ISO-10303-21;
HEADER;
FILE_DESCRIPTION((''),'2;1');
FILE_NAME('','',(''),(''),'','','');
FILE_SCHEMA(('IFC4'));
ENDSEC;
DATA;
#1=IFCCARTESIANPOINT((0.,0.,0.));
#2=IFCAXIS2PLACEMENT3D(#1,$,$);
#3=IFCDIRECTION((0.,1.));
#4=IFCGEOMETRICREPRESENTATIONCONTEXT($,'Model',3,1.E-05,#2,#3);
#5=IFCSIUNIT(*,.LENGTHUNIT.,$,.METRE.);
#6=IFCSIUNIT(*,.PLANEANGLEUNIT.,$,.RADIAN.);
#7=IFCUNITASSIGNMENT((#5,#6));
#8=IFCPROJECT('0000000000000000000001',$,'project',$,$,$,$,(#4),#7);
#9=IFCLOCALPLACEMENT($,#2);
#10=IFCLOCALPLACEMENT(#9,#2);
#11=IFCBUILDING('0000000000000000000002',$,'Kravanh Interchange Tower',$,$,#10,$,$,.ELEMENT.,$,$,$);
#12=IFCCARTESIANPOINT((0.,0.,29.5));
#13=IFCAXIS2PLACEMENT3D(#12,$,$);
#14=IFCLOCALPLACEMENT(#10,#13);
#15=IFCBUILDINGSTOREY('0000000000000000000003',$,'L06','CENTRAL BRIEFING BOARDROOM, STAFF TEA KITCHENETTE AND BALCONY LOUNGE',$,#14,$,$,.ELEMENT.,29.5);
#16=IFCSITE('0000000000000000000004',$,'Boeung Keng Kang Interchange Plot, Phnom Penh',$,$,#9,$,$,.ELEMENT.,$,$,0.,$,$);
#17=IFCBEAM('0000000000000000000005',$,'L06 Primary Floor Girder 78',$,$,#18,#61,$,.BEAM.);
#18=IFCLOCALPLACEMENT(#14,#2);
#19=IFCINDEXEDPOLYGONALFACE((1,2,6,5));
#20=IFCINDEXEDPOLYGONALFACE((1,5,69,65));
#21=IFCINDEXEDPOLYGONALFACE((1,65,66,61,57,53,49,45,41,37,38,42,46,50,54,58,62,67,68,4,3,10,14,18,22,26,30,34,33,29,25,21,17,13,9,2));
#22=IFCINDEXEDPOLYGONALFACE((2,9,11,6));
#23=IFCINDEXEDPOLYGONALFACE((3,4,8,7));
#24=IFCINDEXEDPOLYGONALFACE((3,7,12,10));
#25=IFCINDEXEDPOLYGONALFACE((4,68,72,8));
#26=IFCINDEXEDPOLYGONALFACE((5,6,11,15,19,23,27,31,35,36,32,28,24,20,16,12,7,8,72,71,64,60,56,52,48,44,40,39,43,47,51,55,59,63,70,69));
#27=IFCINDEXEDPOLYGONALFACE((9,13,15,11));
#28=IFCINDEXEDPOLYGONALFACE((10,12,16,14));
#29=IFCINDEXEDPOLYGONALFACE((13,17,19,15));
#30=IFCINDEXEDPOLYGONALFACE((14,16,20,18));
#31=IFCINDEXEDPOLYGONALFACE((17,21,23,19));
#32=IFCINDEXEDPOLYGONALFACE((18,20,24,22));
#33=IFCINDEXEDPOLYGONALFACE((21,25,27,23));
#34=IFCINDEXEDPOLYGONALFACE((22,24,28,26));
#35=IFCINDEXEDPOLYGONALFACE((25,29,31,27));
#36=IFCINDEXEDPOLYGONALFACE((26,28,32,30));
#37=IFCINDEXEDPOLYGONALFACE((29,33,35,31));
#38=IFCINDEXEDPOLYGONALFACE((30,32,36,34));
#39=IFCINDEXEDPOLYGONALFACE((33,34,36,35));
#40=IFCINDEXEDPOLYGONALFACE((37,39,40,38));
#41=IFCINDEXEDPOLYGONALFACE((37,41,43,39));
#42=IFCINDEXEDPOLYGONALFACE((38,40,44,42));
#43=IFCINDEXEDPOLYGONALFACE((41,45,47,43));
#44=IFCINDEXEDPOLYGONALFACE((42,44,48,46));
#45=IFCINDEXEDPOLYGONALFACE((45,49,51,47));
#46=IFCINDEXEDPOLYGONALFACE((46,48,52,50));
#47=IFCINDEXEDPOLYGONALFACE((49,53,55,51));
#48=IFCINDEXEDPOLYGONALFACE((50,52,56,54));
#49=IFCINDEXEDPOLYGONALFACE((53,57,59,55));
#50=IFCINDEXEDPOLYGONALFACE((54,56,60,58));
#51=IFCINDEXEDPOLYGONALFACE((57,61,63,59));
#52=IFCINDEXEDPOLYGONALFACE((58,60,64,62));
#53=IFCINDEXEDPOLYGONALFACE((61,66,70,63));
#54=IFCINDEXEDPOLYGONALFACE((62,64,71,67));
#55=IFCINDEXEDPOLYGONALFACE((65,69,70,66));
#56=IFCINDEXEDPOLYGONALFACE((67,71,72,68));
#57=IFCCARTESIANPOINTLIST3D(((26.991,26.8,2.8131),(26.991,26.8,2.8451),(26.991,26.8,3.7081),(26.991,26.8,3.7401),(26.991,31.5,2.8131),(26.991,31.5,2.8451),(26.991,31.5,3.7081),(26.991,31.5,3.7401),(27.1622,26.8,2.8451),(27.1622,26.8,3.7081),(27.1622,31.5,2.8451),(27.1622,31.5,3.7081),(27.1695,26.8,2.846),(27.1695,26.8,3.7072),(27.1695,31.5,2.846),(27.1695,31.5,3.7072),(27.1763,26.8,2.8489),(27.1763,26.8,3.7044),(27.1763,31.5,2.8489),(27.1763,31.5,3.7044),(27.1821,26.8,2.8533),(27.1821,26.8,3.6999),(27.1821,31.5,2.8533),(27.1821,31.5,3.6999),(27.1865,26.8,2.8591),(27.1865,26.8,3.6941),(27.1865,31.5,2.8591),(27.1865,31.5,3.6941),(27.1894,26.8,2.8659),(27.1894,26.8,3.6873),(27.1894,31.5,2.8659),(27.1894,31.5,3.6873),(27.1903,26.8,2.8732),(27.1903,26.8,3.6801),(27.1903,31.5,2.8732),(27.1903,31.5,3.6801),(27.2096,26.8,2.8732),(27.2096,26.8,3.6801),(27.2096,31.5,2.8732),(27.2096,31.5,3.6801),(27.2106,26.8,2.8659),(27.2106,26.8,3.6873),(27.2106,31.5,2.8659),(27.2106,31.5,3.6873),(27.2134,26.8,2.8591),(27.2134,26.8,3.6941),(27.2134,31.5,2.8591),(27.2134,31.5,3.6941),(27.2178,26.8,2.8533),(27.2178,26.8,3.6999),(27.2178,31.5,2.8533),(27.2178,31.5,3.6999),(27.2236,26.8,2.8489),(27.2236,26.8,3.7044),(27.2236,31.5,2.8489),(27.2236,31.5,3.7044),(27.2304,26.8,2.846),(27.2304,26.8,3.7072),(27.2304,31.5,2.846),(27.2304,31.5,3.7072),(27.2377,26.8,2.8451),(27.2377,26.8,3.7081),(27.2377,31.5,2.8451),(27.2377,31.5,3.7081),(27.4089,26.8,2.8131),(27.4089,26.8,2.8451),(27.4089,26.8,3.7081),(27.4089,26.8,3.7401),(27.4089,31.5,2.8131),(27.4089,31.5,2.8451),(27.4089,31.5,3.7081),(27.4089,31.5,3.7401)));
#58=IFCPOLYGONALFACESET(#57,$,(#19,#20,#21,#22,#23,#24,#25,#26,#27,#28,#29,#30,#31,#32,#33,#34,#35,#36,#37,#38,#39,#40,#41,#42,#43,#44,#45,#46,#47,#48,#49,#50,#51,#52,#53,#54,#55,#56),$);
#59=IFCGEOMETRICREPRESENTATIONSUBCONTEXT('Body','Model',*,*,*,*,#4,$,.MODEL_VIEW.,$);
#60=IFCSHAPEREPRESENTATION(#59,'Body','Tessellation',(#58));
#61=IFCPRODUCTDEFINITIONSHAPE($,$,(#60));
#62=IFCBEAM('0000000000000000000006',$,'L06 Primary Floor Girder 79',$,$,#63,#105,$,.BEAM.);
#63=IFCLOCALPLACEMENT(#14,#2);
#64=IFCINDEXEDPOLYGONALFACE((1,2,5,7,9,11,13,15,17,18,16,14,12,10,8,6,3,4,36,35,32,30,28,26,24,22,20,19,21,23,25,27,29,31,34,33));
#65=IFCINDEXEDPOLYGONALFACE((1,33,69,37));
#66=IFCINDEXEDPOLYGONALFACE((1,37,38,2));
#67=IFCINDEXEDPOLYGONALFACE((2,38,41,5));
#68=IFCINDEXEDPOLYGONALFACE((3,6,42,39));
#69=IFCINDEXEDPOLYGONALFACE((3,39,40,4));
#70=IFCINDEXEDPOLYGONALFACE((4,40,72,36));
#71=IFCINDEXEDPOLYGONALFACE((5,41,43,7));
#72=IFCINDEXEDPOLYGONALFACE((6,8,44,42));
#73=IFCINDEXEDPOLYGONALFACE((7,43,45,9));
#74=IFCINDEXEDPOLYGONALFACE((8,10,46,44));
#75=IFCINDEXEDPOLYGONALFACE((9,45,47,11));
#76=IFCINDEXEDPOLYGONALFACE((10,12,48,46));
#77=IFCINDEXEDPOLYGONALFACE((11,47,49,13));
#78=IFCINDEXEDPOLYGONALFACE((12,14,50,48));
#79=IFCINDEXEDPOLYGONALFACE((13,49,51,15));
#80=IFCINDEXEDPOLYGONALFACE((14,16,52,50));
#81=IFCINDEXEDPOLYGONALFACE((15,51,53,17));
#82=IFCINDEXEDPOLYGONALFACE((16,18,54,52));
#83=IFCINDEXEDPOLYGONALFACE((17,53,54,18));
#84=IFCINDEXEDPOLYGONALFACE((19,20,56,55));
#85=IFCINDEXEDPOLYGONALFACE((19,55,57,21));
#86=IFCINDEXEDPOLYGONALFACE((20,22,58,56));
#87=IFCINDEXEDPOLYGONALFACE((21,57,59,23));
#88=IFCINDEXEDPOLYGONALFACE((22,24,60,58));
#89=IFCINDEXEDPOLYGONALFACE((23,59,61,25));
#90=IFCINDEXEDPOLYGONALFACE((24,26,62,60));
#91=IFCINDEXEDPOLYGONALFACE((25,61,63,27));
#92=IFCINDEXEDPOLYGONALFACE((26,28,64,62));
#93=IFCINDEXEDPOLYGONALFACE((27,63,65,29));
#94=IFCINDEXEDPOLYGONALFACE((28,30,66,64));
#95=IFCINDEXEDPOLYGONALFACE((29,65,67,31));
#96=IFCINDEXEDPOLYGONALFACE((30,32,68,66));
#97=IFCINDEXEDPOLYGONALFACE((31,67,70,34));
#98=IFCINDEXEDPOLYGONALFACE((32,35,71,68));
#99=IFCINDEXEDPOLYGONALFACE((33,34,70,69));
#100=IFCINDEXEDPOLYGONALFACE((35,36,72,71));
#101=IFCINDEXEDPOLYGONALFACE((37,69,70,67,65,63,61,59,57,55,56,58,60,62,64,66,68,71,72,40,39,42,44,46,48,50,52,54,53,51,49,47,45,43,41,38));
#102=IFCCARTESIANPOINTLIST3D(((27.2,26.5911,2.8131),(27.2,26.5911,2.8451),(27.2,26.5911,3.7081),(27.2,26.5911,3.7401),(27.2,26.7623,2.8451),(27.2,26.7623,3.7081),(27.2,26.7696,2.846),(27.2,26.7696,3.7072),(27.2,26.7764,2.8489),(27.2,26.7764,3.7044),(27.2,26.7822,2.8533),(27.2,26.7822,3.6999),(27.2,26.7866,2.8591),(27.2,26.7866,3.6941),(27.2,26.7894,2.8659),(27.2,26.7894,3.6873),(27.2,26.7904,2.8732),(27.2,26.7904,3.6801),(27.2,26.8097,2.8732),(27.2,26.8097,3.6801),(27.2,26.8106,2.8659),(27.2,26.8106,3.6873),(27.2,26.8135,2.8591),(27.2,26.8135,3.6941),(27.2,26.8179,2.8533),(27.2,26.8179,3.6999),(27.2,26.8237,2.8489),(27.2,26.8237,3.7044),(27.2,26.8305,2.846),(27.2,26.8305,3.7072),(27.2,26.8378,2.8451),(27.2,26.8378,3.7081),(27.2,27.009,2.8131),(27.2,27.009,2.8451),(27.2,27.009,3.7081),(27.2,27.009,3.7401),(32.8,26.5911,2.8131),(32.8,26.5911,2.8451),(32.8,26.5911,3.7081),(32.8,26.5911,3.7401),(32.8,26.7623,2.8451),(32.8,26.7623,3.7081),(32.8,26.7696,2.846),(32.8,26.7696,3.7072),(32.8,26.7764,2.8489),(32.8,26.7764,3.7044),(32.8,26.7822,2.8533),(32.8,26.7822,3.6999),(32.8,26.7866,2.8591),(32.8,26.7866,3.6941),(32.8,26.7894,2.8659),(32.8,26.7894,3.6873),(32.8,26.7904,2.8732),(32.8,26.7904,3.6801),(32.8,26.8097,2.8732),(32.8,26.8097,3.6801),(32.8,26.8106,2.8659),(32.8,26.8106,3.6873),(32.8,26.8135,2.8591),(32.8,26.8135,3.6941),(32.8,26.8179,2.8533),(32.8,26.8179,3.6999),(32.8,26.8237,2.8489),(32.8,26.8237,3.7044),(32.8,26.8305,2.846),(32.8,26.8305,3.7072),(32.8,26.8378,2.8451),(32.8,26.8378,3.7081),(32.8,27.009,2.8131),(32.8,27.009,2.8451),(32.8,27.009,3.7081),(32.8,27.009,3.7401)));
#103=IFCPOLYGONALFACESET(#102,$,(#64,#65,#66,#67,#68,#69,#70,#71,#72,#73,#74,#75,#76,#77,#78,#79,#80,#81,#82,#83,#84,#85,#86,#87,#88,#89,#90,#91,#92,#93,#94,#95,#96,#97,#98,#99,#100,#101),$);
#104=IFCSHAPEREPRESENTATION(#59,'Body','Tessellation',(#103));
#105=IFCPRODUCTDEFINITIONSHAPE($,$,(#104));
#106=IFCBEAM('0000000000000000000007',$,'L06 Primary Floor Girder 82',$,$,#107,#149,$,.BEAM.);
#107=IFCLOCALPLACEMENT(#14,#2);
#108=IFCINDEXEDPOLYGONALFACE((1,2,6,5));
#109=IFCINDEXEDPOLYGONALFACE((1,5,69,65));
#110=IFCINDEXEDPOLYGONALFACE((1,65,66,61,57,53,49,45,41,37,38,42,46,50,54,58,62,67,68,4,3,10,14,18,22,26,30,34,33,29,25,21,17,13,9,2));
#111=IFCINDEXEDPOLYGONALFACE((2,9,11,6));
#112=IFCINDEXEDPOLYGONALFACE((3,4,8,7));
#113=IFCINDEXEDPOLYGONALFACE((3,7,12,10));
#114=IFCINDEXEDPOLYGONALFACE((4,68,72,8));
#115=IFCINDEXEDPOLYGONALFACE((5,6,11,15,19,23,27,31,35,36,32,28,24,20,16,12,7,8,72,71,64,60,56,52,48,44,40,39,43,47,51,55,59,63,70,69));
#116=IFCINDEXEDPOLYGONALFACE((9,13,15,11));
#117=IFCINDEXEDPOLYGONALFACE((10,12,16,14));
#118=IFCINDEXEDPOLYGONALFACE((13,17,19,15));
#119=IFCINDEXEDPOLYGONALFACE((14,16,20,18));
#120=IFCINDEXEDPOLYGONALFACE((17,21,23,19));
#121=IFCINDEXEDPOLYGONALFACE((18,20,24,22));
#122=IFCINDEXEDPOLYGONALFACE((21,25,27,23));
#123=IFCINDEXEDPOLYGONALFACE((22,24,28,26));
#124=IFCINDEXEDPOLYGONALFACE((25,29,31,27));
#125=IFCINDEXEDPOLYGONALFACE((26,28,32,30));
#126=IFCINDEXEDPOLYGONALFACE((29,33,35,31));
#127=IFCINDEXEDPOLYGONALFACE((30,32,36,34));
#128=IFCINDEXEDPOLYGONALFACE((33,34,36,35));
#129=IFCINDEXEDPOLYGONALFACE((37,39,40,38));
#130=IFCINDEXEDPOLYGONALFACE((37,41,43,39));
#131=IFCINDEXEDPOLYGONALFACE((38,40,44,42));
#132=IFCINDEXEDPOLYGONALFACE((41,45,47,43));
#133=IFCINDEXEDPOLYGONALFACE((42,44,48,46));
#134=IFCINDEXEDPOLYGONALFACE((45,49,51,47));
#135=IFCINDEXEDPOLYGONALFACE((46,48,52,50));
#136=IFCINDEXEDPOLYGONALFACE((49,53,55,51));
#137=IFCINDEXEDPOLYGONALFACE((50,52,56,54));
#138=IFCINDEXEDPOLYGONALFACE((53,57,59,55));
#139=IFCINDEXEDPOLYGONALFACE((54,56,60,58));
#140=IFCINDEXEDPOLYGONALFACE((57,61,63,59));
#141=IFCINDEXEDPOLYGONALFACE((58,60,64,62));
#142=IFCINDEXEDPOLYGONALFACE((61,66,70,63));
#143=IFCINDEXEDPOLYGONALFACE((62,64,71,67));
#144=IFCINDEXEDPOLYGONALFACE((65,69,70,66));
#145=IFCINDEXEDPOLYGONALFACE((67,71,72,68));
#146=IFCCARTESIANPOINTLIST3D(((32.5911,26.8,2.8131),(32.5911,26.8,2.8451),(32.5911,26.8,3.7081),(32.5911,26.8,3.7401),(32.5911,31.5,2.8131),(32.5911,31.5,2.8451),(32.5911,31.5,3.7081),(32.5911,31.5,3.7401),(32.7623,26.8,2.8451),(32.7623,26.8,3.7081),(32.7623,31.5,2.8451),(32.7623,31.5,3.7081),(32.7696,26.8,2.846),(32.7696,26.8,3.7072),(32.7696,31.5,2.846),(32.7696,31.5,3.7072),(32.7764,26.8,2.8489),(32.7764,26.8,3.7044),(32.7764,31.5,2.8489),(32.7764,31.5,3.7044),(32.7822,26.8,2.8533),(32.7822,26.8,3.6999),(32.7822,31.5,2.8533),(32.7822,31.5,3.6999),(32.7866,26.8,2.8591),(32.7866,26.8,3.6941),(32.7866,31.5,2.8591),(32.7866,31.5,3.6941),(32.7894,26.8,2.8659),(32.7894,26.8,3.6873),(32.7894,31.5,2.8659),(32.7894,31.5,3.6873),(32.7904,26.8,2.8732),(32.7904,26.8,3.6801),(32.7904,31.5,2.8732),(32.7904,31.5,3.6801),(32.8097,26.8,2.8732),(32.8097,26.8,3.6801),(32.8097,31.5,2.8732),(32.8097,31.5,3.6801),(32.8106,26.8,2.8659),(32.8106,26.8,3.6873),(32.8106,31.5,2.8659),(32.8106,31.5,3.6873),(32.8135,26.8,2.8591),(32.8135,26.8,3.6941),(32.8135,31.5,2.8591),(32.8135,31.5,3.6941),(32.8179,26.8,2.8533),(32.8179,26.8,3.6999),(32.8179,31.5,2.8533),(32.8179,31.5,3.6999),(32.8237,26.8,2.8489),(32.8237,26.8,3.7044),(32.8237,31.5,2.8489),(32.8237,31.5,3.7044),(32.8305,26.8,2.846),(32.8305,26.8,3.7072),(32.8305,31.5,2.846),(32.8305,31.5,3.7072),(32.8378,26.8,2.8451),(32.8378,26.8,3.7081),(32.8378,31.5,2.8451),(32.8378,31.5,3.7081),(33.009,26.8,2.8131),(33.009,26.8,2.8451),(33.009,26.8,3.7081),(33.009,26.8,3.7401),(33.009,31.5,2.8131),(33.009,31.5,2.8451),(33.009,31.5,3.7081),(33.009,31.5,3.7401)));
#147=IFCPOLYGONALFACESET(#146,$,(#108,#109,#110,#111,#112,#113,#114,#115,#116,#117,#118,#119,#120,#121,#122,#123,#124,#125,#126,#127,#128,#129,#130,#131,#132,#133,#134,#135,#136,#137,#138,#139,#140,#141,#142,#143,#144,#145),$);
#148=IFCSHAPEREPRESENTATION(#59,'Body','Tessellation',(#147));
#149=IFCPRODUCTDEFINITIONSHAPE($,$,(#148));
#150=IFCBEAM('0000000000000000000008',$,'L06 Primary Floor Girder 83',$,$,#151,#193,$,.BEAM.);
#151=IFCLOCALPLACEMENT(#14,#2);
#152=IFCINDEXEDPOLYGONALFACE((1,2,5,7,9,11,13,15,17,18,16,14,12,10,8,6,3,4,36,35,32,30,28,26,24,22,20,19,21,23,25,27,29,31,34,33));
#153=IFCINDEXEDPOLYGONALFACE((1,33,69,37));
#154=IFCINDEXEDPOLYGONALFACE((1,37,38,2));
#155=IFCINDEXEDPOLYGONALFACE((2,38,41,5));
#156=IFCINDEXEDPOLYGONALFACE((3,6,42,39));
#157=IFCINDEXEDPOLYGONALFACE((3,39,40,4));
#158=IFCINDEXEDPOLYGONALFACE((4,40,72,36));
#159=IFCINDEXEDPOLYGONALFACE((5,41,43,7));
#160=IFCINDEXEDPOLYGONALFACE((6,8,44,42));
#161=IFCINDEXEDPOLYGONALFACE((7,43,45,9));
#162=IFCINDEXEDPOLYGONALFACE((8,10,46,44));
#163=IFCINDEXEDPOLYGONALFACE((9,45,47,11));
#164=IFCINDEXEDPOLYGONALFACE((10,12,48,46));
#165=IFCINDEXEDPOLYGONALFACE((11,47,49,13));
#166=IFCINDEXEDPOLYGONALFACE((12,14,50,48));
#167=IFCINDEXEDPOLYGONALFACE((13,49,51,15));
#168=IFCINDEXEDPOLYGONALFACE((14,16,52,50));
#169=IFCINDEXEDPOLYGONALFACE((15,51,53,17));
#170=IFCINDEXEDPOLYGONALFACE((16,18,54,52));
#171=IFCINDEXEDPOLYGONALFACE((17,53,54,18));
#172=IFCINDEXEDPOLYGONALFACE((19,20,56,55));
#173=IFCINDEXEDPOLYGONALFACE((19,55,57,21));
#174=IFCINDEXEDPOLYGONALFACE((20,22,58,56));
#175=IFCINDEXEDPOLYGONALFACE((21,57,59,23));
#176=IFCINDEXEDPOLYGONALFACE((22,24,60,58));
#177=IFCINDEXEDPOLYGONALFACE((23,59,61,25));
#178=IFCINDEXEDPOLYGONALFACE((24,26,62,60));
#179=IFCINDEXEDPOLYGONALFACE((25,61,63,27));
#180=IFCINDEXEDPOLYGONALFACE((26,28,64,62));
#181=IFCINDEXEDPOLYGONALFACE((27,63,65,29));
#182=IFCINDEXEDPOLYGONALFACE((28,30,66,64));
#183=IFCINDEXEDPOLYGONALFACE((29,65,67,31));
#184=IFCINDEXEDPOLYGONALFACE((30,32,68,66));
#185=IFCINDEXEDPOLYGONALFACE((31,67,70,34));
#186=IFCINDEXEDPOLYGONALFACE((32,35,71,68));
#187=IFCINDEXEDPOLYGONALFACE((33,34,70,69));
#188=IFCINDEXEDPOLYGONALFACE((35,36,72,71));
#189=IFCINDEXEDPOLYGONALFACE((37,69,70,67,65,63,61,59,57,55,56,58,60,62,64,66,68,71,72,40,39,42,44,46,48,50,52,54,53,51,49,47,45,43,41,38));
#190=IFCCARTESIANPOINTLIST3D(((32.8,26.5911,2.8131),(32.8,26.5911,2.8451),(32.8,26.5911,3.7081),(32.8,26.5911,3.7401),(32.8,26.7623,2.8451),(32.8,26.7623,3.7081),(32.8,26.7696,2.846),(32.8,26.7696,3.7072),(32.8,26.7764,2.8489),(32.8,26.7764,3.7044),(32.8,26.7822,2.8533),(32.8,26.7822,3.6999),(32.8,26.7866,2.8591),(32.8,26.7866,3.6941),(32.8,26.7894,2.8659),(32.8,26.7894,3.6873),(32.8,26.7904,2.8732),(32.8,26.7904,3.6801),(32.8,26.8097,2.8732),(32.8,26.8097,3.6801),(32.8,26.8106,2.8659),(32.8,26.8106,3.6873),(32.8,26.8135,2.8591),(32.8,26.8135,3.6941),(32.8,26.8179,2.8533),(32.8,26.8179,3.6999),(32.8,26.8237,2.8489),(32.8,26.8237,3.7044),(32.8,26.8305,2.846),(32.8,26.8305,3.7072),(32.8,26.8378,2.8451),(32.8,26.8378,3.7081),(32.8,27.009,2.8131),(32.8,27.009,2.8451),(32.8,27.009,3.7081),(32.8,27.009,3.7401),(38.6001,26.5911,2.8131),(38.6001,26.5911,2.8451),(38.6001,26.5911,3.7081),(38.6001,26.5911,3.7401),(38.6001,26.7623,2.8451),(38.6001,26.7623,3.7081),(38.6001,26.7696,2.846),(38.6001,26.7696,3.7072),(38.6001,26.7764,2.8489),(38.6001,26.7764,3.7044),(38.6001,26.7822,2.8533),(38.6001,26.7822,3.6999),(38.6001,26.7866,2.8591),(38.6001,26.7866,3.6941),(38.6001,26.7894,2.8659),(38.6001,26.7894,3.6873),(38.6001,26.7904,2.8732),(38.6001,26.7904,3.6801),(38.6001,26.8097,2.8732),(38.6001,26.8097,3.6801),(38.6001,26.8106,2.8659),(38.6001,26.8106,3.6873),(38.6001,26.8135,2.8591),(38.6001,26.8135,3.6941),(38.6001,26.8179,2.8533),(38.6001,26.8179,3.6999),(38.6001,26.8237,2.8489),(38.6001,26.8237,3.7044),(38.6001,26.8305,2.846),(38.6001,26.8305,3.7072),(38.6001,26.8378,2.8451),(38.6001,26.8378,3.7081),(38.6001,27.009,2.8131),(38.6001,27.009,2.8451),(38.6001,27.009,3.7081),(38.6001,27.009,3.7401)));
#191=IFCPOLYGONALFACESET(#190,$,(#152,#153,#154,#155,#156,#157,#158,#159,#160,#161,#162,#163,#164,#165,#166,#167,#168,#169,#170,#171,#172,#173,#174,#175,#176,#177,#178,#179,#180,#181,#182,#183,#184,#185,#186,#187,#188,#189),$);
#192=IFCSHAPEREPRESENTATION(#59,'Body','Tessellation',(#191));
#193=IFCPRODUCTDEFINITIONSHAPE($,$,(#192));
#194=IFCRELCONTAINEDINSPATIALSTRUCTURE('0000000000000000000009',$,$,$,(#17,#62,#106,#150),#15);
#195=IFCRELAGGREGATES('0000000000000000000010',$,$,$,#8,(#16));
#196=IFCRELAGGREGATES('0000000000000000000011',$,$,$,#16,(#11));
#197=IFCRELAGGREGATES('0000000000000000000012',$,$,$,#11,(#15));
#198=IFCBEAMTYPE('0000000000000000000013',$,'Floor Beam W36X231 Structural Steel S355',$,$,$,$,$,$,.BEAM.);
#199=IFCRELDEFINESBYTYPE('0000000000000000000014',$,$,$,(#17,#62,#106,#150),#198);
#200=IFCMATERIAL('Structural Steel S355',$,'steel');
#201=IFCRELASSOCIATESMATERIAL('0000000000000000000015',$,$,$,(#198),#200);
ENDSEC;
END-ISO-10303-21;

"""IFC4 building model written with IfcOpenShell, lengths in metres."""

from ifc_helpers import new_model, si_unit, direction, frame, origin, origin_2d, place, context, subcontext, project, spatial, i_section, extrude, material, material_profile, profile_set, type_object, element, save


model = new_model("IFC4")

# Units and contexts
model_context = context("Model", 3, precision=1e-05, world=origin(), true_north=direction((0.0, 1.0)))
body_context = subcontext(model_context, "Body", "Model", "MODEL_VIEW")
ifc_project = project(units=[si_unit("LENGTHUNIT", "METRE"), si_unit("PLANEANGLEUNIT", "RADIAN")], contexts=[model_context])

# Site, building, storey
site_placement = place(None, origin())
site = spatial("IfcSite", under=ifc_project, at=site_placement, Name="Boeung Keng Kang Interchange Plot, Phnom Penh", CompositionType="ELEMENT", RefElevation=0.0)
building_placement = place(site_placement, origin())
building = spatial("IfcBuilding", under=site, at=building_placement, Name="Kravanh Interchange Tower", CompositionType="ELEMENT")
storey_placement = place(building_placement, frame((0.0, 0.0, 29.5)))
storey = spatial("IfcBuildingStorey", under=building, at=storey_placement, Name="L06", Description="CENTRAL BRIEFING BOARDROOM, STAFF TEA KITCHENETTE AND BALCONY LOUNGE", CompositionType="ELEMENT", Elevation=29.5)

# Beams
ifc_material_1 = material(Name="Structural Steel S355", Category="steel")
ifc_material_profile_1 = material_profile(ifc_material_1, i_section(OverallWidth=0.418, OverallDepth=0.927, WebThickness=0.0193, FlangeThickness=0.032, FilletRadius=0.0281, at=origin_2d()), Name="W36X231")
ifc_profile_set_1 = profile_set([ifc_material_profile_1], Name="Structural Steel S355")
beam_type_1 = type_object("IfcBeamType", Name="Floor Beam W36X231 Structural Steel S355", PredefinedType="BEAM", material=ifc_profile_set_1)
beam_1_placement = place(storey_placement, frame((27.2, 26.8, 3.2766), z_axis=(0.0, 1.0, 0.0), x_axis=(-1.0, 0.0, 0.0)))
element("IfcBeam", 1, at=beam_1_placement, inside=storey, type_object=beam_type_1, Name="L06 Primary Floor Girder 78", PredefinedType="BEAM", context=body_context, shape_type="SweptSolid", body=[
    extrude(i_section(OverallWidth=0.418, OverallDepth=0.927, WebThickness=0.0193, FlangeThickness=0.032, FilletRadius=0.0281, at=origin_2d()), origin(), (0.0, 0.0, 1.0), 4.7),
])
beam_2_placement = place(storey_placement, frame((27.2, 26.8, 3.2766), z_axis=(1.0, 0.0, 0.0), x_axis=(0.0, 1.0, 0.0)))
element("IfcBeam", 2, at=beam_2_placement, inside=storey, type_object=beam_type_1, Name="L06 Primary Floor Girder 79", PredefinedType="BEAM", context=body_context, shape_type="SweptSolid", body=[
    extrude(i_section(OverallWidth=0.418, OverallDepth=0.927, WebThickness=0.0193, FlangeThickness=0.032, FilletRadius=0.0281, at=origin_2d()), origin(), (0.0, 0.0, 1.0), 5.6001),
])
beam_3_placement = place(storey_placement, frame((32.8, 26.8, 3.2766), z_axis=(0.0, 1.0, 0.0), x_axis=(-1.0, 0.0, 0.0)))
element("IfcBeam", 3, at=beam_3_placement, inside=storey, type_object=beam_type_1, Name="L06 Primary Floor Girder 82", PredefinedType="BEAM", context=body_context, shape_type="SweptSolid", body=[
    extrude(i_section(OverallWidth=0.418, OverallDepth=0.927, WebThickness=0.0193, FlangeThickness=0.032, FilletRadius=0.0281, at=origin_2d()), origin(), (0.0, 0.0, 1.0), 4.7),
])
beam_4_placement = place(storey_placement, frame((32.8, 26.8, 3.2766), z_axis=(1.0, 0.0, 0.0), x_axis=(0.0, 1.0, 0.0)))
element("IfcBeam", 4, at=beam_4_placement, inside=storey, type_object=beam_type_1, Name="L06 Primary Floor Girder 83", PredefinedType="BEAM", context=body_context, shape_type="SweptSolid", body=[
    extrude(i_section(OverallWidth=0.418, OverallDepth=0.927, WebThickness=0.0193, FlangeThickness=0.032, FilletRadius=0.0281, at=origin_2d()), origin(), (0.0, 0.0, 1.0), 5.8),
])

save(model, "model.ifc")
